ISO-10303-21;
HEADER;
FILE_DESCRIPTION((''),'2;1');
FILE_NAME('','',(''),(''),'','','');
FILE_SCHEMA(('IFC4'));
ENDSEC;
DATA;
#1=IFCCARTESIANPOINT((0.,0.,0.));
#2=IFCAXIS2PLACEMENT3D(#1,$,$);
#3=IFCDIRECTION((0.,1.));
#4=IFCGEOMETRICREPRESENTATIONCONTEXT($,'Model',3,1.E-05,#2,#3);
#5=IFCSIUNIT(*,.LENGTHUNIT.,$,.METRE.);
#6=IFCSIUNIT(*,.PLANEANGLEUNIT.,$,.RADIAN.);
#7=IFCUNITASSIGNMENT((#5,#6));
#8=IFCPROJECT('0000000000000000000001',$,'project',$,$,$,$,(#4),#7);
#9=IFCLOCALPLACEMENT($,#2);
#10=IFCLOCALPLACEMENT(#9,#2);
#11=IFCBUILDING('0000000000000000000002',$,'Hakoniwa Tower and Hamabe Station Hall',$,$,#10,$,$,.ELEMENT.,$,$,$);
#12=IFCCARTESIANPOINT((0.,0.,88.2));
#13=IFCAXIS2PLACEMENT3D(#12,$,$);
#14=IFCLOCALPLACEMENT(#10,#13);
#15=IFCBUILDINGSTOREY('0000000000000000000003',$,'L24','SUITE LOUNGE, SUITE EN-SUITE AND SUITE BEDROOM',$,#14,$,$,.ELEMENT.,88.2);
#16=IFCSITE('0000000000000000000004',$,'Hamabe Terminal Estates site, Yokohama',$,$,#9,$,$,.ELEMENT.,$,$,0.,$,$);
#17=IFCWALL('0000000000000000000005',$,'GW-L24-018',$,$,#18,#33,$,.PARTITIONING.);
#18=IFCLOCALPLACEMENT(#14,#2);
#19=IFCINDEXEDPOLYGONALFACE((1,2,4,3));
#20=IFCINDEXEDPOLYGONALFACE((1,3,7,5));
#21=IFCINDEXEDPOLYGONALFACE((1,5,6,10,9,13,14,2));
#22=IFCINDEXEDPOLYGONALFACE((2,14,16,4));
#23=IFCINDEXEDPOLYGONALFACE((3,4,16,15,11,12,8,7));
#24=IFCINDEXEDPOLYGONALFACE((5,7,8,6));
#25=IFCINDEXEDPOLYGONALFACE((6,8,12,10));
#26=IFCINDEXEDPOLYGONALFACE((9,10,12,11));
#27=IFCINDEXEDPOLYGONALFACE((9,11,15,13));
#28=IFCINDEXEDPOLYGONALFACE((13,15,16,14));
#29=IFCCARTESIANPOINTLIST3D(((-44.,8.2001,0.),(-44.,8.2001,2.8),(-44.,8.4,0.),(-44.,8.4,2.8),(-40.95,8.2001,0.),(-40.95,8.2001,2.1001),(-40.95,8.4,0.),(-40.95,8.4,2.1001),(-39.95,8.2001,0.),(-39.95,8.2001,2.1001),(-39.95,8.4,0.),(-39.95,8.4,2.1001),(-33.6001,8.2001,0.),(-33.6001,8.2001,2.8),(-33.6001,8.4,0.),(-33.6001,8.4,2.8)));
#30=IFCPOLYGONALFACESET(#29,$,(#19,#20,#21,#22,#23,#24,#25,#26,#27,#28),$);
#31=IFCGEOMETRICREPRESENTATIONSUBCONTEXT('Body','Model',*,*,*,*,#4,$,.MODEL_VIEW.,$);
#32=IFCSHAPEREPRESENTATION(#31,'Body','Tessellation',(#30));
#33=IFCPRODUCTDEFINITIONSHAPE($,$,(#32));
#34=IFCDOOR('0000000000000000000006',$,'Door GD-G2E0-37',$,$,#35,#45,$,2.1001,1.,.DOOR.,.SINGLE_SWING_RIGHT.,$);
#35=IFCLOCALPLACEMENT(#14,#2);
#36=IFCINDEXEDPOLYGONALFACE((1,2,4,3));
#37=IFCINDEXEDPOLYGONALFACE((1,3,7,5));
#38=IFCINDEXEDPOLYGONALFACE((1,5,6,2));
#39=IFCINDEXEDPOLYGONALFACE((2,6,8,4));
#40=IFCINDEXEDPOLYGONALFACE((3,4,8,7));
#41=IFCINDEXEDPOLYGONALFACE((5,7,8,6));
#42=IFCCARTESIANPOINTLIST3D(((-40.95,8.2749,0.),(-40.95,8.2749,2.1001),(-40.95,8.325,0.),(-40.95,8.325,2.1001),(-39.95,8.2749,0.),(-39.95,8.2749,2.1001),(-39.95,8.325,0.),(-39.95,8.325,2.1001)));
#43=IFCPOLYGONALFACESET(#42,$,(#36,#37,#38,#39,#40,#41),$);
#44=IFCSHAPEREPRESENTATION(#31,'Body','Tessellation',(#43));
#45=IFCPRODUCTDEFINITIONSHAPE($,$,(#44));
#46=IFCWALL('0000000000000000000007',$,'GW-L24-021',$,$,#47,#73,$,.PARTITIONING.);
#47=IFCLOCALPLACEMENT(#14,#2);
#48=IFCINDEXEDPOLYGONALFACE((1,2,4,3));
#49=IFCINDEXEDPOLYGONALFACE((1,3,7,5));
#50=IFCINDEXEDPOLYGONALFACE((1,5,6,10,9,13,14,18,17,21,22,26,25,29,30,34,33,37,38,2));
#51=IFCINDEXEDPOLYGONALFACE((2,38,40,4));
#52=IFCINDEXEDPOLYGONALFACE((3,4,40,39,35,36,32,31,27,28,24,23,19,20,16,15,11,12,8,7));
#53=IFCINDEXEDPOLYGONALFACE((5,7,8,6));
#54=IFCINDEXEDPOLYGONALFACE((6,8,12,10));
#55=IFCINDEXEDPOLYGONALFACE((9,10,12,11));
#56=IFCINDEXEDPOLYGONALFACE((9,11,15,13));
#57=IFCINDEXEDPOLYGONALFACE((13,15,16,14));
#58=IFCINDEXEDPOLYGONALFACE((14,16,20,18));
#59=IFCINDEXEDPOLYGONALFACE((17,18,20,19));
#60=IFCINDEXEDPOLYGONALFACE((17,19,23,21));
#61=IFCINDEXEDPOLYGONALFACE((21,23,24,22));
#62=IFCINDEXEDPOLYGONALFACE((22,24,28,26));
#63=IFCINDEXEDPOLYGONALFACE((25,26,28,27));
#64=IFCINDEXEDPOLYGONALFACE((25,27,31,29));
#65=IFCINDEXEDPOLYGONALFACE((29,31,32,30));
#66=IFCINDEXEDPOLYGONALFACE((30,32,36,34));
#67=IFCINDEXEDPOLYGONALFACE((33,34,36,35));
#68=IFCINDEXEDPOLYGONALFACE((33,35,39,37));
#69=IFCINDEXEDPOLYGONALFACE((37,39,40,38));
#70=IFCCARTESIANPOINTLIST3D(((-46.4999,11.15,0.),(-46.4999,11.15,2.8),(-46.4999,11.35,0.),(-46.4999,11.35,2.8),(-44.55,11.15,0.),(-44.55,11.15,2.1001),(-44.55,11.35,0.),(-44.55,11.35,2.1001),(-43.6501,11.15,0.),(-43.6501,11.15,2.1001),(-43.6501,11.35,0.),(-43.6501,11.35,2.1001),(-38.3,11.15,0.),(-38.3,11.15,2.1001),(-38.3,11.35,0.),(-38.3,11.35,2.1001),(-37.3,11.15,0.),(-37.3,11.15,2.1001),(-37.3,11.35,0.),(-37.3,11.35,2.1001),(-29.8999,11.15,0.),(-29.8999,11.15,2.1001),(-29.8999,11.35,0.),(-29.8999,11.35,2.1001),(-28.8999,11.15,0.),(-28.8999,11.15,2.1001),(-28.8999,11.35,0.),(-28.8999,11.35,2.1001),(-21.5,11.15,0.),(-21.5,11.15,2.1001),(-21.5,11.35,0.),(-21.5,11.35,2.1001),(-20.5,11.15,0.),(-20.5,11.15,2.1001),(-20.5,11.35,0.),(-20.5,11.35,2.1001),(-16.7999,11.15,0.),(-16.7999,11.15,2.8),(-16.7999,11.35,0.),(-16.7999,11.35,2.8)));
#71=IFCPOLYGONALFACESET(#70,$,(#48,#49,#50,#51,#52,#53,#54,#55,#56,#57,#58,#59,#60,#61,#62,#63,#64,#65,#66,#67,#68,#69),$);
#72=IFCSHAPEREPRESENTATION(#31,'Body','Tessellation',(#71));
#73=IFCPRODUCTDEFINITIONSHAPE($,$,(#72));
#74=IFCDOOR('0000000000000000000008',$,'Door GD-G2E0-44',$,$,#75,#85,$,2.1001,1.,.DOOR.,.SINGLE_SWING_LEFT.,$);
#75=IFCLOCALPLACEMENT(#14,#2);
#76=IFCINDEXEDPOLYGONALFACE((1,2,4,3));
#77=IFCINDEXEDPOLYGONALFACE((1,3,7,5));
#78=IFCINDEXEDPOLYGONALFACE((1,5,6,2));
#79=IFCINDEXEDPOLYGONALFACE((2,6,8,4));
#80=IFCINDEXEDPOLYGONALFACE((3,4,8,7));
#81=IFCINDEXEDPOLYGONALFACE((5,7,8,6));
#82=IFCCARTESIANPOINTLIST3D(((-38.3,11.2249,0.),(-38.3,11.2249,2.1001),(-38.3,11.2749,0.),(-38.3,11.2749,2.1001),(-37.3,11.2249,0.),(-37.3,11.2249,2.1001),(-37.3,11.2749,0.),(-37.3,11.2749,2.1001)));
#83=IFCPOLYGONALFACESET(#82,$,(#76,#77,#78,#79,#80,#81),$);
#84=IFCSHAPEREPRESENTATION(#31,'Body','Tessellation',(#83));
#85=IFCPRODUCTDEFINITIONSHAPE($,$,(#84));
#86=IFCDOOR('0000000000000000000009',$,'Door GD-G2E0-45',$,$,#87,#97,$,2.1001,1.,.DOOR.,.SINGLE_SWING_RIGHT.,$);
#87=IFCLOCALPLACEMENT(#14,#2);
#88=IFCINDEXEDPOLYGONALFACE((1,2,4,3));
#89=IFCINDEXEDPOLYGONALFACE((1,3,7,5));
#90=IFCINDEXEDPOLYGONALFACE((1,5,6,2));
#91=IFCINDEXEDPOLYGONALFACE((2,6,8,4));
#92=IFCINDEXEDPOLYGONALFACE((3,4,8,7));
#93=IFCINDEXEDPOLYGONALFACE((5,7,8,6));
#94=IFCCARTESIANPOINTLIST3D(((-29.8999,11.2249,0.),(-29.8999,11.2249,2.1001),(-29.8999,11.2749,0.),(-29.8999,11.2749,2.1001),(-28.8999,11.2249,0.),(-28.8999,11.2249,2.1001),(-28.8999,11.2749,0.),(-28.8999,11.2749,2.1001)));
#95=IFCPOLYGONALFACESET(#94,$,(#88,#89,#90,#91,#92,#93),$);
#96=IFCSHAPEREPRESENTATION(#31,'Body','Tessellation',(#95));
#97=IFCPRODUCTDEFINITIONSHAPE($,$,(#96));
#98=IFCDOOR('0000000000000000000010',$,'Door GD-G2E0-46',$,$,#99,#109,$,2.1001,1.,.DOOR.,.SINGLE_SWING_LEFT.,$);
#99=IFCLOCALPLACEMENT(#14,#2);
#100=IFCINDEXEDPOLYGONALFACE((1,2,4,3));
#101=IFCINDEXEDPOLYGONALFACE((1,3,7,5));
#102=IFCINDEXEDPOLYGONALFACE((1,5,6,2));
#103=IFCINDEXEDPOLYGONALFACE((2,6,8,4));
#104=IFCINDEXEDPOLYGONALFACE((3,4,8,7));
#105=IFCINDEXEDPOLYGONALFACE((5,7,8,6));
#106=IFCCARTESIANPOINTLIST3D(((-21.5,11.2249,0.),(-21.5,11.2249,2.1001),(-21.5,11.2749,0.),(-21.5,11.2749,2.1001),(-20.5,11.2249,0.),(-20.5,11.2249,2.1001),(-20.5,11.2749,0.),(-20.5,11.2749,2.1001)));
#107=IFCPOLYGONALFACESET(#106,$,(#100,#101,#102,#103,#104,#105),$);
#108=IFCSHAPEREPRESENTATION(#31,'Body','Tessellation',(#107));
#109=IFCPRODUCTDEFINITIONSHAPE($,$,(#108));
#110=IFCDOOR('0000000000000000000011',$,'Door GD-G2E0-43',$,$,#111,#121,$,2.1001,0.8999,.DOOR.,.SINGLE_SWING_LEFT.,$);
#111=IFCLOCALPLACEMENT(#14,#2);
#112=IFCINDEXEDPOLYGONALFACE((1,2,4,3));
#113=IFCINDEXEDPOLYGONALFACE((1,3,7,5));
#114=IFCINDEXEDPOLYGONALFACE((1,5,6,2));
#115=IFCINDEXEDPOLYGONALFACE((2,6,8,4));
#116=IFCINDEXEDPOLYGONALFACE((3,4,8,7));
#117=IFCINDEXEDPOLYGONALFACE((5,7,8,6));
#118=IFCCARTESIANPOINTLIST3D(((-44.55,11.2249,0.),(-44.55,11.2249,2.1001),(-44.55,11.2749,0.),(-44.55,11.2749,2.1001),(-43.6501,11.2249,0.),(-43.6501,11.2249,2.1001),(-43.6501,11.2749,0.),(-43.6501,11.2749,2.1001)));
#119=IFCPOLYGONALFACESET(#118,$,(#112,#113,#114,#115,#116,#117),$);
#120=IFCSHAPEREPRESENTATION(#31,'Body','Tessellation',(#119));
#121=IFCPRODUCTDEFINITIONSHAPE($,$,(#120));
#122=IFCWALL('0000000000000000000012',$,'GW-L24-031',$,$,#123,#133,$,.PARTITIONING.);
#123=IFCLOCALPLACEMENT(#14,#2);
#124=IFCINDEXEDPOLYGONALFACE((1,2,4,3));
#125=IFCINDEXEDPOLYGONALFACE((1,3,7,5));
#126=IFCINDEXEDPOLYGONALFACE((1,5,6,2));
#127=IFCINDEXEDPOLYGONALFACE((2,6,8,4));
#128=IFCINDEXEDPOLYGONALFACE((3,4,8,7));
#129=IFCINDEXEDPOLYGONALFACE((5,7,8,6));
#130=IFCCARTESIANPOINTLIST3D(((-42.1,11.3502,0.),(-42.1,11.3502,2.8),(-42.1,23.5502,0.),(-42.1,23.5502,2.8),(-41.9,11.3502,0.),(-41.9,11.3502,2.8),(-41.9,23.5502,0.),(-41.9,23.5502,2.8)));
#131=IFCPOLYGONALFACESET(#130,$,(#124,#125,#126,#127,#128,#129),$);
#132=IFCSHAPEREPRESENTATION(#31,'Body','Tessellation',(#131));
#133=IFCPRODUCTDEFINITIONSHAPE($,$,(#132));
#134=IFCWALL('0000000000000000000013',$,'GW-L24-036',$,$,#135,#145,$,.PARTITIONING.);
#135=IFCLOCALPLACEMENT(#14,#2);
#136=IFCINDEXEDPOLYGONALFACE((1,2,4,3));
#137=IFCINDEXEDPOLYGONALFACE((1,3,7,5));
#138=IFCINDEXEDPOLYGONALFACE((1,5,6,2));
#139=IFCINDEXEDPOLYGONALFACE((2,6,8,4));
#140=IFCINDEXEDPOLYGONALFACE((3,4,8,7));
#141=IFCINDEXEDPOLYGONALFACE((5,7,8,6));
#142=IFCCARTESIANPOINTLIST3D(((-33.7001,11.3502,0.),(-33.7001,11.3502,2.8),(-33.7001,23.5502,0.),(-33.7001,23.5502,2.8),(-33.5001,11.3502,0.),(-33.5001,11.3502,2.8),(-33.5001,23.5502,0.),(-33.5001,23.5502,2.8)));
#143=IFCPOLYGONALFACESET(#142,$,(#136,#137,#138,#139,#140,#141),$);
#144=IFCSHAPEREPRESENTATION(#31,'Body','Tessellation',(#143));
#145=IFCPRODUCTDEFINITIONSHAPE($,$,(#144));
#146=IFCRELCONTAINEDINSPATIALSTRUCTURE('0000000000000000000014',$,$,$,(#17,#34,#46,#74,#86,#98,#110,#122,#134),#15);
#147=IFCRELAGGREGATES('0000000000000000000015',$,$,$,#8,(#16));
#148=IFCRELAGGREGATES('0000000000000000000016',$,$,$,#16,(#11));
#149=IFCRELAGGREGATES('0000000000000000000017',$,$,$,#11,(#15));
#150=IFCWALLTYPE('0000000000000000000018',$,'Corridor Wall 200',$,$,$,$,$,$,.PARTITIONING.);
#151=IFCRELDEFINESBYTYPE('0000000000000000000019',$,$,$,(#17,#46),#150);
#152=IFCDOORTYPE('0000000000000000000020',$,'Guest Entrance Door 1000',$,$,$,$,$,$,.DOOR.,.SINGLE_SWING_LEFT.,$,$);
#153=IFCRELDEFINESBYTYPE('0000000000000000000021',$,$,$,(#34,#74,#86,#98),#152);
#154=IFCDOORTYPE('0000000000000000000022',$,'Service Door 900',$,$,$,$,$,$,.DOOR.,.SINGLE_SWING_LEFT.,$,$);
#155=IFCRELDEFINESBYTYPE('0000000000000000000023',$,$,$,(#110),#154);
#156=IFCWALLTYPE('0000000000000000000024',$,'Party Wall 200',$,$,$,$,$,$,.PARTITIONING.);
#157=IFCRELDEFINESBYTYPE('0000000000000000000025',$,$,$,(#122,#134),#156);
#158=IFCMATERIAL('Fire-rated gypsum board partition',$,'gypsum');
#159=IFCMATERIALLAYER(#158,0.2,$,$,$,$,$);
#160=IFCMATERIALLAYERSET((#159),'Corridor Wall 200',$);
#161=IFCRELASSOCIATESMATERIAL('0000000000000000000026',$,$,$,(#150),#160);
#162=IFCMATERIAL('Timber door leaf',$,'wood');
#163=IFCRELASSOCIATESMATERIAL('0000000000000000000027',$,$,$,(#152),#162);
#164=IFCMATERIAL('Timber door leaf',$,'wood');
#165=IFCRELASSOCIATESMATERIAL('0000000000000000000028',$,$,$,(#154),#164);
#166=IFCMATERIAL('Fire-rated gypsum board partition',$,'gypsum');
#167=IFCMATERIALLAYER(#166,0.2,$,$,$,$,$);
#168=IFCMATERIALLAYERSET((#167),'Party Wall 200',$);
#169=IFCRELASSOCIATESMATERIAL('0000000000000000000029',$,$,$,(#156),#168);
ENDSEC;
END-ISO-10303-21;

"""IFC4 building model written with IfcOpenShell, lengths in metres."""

from ifc_helpers import new_model, si_unit, direction, frame, frame_2d, origin, place, context, subcontext, project, spatial, rectangle, extrude, material, layer, layer_set, type_object, element, fill, save


model = new_model("IFC4")

# Units and contexts
model_context = context("Model", 3, precision=1e-05, world=origin(), true_north=direction((0.0, 1.0)))
body_context = subcontext(model_context, "Body", "Model", "MODEL_VIEW")
ifc_project = project(units=[si_unit("LENGTHUNIT", "METRE"), si_unit("PLANEANGLEUNIT", "RADIAN")], contexts=[model_context])

# Site, building, storey
site_placement = place(None, origin())
site = spatial("IfcSite", under=ifc_project, at=site_placement, Name="Hamabe Terminal Estates site, Yokohama", CompositionType="ELEMENT", RefElevation=0.0)
building_placement = place(site_placement, origin())
building = spatial("IfcBuilding", under=site, at=building_placement, Name="Hakoniwa Tower and Hamabe Station Hall", CompositionType="ELEMENT")
storey_placement = place(building_placement, frame((0.0, 0.0, 88.2)))
storey = spatial("IfcBuildingStorey", under=building, at=storey_placement, Name="L24", Description="SUITE LOUNGE, SUITE EN-SUITE AND SUITE BEDROOM", CompositionType="ELEMENT", Elevation=88.2)

# Wall, opening, door
ifc_material_1 = material(Name="Fire-rated gypsum board partition", Category="gypsum")
ifc_layer_1 = layer(ifc_material_1, 0.2)
ifc_layer_set_1 = layer_set([ifc_layer_1], Name="Corridor Wall 200")
wall_type_1 = type_object("IfcWallType", Name="Corridor Wall 200", PredefinedType="PARTITIONING", material=ifc_layer_set_1)
wall_1_placement = place(storey_placement, frame((-44.0, 8.3, 0.0), z_axis=(0.0, 0.0, 1.0), x_axis=(1.0, 0.0, 0.0)))
wall_1 = element("IfcWall", 1, at=wall_1_placement, inside=storey, type_object=wall_type_1, Name="GW-L24-018", PredefinedType="PARTITIONING", context=body_context, shape_type="SweptSolid", body=[
    extrude(rectangle(XDim=10.3999, YDim=0.2, at=frame_2d((5.2, 0.0))), origin(), (0.0, 0.0, 1.0), 2.8),
])
opening_1_placement = place(wall_1_placement, frame((3.05, 0.0, 0.0)))
opening_1 = element("IfcOpeningElement", 2, at=opening_1_placement, cuts=wall_1, PredefinedType="OPENING", context=body_context, shape_type="SweptSolid", body=[
    extrude(rectangle(XDim=1.0, YDim=2.1001, at=frame_2d((0.5, 1.05))), frame((0.0, 0.1099, 0.0), z_axis=(0.0, -1.0, 0.0), x_axis=(1.0, 0.0, 0.0)), (0.0, 0.0, 1.0), 0.22),
])
ifc_material_2 = material(Name="Timber door leaf", Category="wood")
door_type_1 = type_object("IfcDoorType", Name="Guest Entrance Door 1000", OperationType="SINGLE_SWING_LEFT", PredefinedType="DOOR", material=ifc_material_2)
door_1_placement = place(opening_1_placement, origin())
door_1 = element("IfcDoor", 3, at=door_1_placement, inside=storey, type_object=door_type_1, Name="Door GD-G2E0-37", OperationType="SINGLE_SWING_RIGHT", OverallHeight=2.1001, OverallWidth=1.0, PredefinedType="DOOR", context=body_context, shape_type="SweptSolid", body=[
    extrude(rectangle(XDim=1.0, YDim=2.1001, at=frame_2d((0.5, 1.05))), frame((0.0, 0.0249, 0.0), z_axis=(0.0, -1.0, 0.0), x_axis=(1.0, 0.0, 0.0)), (0.0, 0.0, 1.0), 0.05),
])
fill(opening_1, door_1)

# Wall, openings, doors
wall_2_placement = place(storey_placement, frame((-46.5, 11.25, 0.0), z_axis=(0.0, 0.0, 1.0), x_axis=(1.0, 0.0, 0.0)))
wall_2 = element("IfcWall", 4, at=wall_2_placement, inside=storey, type_object=wall_type_1, Name="GW-L24-021", PredefinedType="PARTITIONING", context=body_context, shape_type="SweptSolid", body=[
    extrude(rectangle(XDim=29.7, YDim=0.2, at=frame_2d((14.8501, 0.0))), origin(), (0.0, 0.0, 1.0), 2.8),
])
opening_2_placement = place(wall_2_placement, frame((1.95, 0.0, 0.0)))
opening_2 = element("IfcOpeningElement", 5, at=opening_2_placement, cuts=wall_2, PredefinedType="OPENING", context=body_context, shape_type="SweptSolid", body=[
    extrude(rectangle(XDim=0.8999, YDim=2.1001, at=frame_2d((0.45, 1.05))), frame((0.0, 0.1099, 0.0), z_axis=(0.0, -1.0, 0.0), x_axis=(1.0, 0.0, 0.0)), (0.0, 0.0, 1.0), 0.22),
])
opening_3_placement = place(wall_2_placement, frame((8.2, 0.0, 0.0)))
opening_3 = element("IfcOpeningElement", 6, at=opening_3_placement, cuts=wall_2, PredefinedType="OPENING", context=body_context, shape_type="SweptSolid", body=[
    extrude(rectangle(XDim=1.0, YDim=2.1001, at=frame_2d((0.5, 1.05))), frame((0.0, 0.1099, 0.0), z_axis=(0.0, -1.0, 0.0), x_axis=(1.0, 0.0, 0.0)), (0.0, 0.0, 1.0), 0.22),
])
opening_4_placement = place(wall_2_placement, frame((16.6001, 0.0, 0.0)))
opening_4 = element("IfcOpeningElement", 7, at=opening_4_placement, cuts=wall_2, PredefinedType="OPENING", context=body_context, shape_type="SweptSolid", body=[
    extrude(rectangle(XDim=1.0, YDim=2.1001, at=frame_2d((0.5, 1.05))), frame((0.0, 0.1099, 0.0), z_axis=(0.0, -1.0, 0.0), x_axis=(1.0, 0.0, 0.0)), (0.0, 0.0, 1.0), 0.22),
])
opening_5_placement = place(wall_2_placement, frame((25.0, 0.0, 0.0)))
opening_5 = element("IfcOpeningElement", 8, at=opening_5_placement, cuts=wall_2, PredefinedType="OPENING", context=body_context, shape_type="SweptSolid", body=[
    extrude(rectangle(XDim=1.0, YDim=2.1001, at=frame_2d((0.5, 1.05))), frame((0.0, 0.1099, 0.0), z_axis=(0.0, -1.0, 0.0), x_axis=(1.0, 0.0, 0.0)), (0.0, 0.0, 1.0), 0.22),
])
door_2_placement = place(opening_3_placement, origin())
door_2 = element("IfcDoor", 9, at=door_2_placement, inside=storey, type_object=door_type_1, Name="Door GD-G2E0-44", OperationType="SINGLE_SWING_LEFT", OverallHeight=2.1001, OverallWidth=1.0, PredefinedType="DOOR", context=body_context, shape_type="SweptSolid", body=[
    extrude(rectangle(XDim=1.0, YDim=2.1001, at=frame_2d((0.5, 1.05))), frame((0.0, 0.0249, 0.0), z_axis=(0.0, -1.0, 0.0), x_axis=(1.0, 0.0, 0.0)), (0.0, 0.0, 1.0), 0.05),
])
fill(opening_3, door_2)
door_3_placement = place(opening_4_placement, origin())
door_3 = element("IfcDoor", 10, at=door_3_placement, inside=storey, type_object=door_type_1, Name="Door GD-G2E0-45", OperationType="SINGLE_SWING_RIGHT", OverallHeight=2.1001, OverallWidth=1.0, PredefinedType="DOOR", context=body_context, shape_type="SweptSolid", body=[
    extrude(rectangle(XDim=1.0, YDim=2.1001, at=frame_2d((0.5, 1.05))), frame((0.0, 0.0249, 0.0), z_axis=(0.0, -1.0, 0.0), x_axis=(1.0, 0.0, 0.0)), (0.0, 0.0, 1.0), 0.05),
])
fill(opening_4, door_3)
door_4_placement = place(opening_5_placement, origin())
door_4 = element("IfcDoor", 11, at=door_4_placement, inside=storey, type_object=door_type_1, Name="Door GD-G2E0-46", OperationType="SINGLE_SWING_LEFT", OverallHeight=2.1001, OverallWidth=1.0, PredefinedType="DOOR", context=body_context, shape_type="SweptSolid", body=[
    extrude(rectangle(XDim=1.0, YDim=2.1001, at=frame_2d((0.5, 1.05))), frame((0.0, 0.0249, 0.0), z_axis=(0.0, -1.0, 0.0), x_axis=(1.0, 0.0, 0.0)), (0.0, 0.0, 1.0), 0.05),
])
fill(opening_5, door_4)
ifc_material_3 = material(Name="Timber door leaf", Category="wood")
door_type_2 = type_object("IfcDoorType", Name="Service Door 900", OperationType="SINGLE_SWING_LEFT", PredefinedType="DOOR", material=ifc_material_3)
door_5_placement = place(opening_2_placement, origin())
door_5 = element("IfcDoor", 12, at=door_5_placement, inside=storey, type_object=door_type_2, Name="Door GD-G2E0-43", OperationType="SINGLE_SWING_LEFT", OverallHeight=2.1001, OverallWidth=0.8999, PredefinedType="DOOR", context=body_context, shape_type="SweptSolid", body=[
    extrude(rectangle(XDim=0.8999, YDim=2.1001, at=frame_2d((0.45, 1.05))), frame((0.0, 0.0249, 0.0), z_axis=(0.0, -1.0, 0.0), x_axis=(1.0, 0.0, 0.0)), (0.0, 0.0, 1.0), 0.05),
])
fill(opening_2, door_5)

# Walls
ifc_material_4 = material(Name="Fire-rated gypsum board partition", Category="gypsum")
ifc_layer_2 = layer(ifc_material_4, 0.2)
ifc_layer_set_2 = layer_set([ifc_layer_2], Name="Party Wall 200")
wall_type_2 = type_object("IfcWallType", Name="Party Wall 200", PredefinedType="PARTITIONING", material=ifc_layer_set_2)
for number, where, z_axis, x_axis, name in (
    (13, (-42.0, 11.3501, 0.0), (0.0, 0.0, 1.0), (0.0, 1.0, 0.0), "GW-L24-031"),
    (14, (-33.6001, 11.3501, 0.0), (0.0, 0.0, 1.0), (0.0, 1.0, 0.0), "GW-L24-036"),
):
    element("IfcWall", number, at=place(storey_placement, frame(where, z_axis=z_axis, x_axis=x_axis)), inside=storey, type_object=wall_type_2, Name=name, PredefinedType="PARTITIONING", context=body_context, shape_type="SweptSolid", body=[
        extrude(rectangle(XDim=12.2, YDim=0.2, at=frame_2d((6.1001, 0.0))), origin(), (0.0, 0.0, 1.0), 2.8),
    ])

save(model, "model.ifc")
